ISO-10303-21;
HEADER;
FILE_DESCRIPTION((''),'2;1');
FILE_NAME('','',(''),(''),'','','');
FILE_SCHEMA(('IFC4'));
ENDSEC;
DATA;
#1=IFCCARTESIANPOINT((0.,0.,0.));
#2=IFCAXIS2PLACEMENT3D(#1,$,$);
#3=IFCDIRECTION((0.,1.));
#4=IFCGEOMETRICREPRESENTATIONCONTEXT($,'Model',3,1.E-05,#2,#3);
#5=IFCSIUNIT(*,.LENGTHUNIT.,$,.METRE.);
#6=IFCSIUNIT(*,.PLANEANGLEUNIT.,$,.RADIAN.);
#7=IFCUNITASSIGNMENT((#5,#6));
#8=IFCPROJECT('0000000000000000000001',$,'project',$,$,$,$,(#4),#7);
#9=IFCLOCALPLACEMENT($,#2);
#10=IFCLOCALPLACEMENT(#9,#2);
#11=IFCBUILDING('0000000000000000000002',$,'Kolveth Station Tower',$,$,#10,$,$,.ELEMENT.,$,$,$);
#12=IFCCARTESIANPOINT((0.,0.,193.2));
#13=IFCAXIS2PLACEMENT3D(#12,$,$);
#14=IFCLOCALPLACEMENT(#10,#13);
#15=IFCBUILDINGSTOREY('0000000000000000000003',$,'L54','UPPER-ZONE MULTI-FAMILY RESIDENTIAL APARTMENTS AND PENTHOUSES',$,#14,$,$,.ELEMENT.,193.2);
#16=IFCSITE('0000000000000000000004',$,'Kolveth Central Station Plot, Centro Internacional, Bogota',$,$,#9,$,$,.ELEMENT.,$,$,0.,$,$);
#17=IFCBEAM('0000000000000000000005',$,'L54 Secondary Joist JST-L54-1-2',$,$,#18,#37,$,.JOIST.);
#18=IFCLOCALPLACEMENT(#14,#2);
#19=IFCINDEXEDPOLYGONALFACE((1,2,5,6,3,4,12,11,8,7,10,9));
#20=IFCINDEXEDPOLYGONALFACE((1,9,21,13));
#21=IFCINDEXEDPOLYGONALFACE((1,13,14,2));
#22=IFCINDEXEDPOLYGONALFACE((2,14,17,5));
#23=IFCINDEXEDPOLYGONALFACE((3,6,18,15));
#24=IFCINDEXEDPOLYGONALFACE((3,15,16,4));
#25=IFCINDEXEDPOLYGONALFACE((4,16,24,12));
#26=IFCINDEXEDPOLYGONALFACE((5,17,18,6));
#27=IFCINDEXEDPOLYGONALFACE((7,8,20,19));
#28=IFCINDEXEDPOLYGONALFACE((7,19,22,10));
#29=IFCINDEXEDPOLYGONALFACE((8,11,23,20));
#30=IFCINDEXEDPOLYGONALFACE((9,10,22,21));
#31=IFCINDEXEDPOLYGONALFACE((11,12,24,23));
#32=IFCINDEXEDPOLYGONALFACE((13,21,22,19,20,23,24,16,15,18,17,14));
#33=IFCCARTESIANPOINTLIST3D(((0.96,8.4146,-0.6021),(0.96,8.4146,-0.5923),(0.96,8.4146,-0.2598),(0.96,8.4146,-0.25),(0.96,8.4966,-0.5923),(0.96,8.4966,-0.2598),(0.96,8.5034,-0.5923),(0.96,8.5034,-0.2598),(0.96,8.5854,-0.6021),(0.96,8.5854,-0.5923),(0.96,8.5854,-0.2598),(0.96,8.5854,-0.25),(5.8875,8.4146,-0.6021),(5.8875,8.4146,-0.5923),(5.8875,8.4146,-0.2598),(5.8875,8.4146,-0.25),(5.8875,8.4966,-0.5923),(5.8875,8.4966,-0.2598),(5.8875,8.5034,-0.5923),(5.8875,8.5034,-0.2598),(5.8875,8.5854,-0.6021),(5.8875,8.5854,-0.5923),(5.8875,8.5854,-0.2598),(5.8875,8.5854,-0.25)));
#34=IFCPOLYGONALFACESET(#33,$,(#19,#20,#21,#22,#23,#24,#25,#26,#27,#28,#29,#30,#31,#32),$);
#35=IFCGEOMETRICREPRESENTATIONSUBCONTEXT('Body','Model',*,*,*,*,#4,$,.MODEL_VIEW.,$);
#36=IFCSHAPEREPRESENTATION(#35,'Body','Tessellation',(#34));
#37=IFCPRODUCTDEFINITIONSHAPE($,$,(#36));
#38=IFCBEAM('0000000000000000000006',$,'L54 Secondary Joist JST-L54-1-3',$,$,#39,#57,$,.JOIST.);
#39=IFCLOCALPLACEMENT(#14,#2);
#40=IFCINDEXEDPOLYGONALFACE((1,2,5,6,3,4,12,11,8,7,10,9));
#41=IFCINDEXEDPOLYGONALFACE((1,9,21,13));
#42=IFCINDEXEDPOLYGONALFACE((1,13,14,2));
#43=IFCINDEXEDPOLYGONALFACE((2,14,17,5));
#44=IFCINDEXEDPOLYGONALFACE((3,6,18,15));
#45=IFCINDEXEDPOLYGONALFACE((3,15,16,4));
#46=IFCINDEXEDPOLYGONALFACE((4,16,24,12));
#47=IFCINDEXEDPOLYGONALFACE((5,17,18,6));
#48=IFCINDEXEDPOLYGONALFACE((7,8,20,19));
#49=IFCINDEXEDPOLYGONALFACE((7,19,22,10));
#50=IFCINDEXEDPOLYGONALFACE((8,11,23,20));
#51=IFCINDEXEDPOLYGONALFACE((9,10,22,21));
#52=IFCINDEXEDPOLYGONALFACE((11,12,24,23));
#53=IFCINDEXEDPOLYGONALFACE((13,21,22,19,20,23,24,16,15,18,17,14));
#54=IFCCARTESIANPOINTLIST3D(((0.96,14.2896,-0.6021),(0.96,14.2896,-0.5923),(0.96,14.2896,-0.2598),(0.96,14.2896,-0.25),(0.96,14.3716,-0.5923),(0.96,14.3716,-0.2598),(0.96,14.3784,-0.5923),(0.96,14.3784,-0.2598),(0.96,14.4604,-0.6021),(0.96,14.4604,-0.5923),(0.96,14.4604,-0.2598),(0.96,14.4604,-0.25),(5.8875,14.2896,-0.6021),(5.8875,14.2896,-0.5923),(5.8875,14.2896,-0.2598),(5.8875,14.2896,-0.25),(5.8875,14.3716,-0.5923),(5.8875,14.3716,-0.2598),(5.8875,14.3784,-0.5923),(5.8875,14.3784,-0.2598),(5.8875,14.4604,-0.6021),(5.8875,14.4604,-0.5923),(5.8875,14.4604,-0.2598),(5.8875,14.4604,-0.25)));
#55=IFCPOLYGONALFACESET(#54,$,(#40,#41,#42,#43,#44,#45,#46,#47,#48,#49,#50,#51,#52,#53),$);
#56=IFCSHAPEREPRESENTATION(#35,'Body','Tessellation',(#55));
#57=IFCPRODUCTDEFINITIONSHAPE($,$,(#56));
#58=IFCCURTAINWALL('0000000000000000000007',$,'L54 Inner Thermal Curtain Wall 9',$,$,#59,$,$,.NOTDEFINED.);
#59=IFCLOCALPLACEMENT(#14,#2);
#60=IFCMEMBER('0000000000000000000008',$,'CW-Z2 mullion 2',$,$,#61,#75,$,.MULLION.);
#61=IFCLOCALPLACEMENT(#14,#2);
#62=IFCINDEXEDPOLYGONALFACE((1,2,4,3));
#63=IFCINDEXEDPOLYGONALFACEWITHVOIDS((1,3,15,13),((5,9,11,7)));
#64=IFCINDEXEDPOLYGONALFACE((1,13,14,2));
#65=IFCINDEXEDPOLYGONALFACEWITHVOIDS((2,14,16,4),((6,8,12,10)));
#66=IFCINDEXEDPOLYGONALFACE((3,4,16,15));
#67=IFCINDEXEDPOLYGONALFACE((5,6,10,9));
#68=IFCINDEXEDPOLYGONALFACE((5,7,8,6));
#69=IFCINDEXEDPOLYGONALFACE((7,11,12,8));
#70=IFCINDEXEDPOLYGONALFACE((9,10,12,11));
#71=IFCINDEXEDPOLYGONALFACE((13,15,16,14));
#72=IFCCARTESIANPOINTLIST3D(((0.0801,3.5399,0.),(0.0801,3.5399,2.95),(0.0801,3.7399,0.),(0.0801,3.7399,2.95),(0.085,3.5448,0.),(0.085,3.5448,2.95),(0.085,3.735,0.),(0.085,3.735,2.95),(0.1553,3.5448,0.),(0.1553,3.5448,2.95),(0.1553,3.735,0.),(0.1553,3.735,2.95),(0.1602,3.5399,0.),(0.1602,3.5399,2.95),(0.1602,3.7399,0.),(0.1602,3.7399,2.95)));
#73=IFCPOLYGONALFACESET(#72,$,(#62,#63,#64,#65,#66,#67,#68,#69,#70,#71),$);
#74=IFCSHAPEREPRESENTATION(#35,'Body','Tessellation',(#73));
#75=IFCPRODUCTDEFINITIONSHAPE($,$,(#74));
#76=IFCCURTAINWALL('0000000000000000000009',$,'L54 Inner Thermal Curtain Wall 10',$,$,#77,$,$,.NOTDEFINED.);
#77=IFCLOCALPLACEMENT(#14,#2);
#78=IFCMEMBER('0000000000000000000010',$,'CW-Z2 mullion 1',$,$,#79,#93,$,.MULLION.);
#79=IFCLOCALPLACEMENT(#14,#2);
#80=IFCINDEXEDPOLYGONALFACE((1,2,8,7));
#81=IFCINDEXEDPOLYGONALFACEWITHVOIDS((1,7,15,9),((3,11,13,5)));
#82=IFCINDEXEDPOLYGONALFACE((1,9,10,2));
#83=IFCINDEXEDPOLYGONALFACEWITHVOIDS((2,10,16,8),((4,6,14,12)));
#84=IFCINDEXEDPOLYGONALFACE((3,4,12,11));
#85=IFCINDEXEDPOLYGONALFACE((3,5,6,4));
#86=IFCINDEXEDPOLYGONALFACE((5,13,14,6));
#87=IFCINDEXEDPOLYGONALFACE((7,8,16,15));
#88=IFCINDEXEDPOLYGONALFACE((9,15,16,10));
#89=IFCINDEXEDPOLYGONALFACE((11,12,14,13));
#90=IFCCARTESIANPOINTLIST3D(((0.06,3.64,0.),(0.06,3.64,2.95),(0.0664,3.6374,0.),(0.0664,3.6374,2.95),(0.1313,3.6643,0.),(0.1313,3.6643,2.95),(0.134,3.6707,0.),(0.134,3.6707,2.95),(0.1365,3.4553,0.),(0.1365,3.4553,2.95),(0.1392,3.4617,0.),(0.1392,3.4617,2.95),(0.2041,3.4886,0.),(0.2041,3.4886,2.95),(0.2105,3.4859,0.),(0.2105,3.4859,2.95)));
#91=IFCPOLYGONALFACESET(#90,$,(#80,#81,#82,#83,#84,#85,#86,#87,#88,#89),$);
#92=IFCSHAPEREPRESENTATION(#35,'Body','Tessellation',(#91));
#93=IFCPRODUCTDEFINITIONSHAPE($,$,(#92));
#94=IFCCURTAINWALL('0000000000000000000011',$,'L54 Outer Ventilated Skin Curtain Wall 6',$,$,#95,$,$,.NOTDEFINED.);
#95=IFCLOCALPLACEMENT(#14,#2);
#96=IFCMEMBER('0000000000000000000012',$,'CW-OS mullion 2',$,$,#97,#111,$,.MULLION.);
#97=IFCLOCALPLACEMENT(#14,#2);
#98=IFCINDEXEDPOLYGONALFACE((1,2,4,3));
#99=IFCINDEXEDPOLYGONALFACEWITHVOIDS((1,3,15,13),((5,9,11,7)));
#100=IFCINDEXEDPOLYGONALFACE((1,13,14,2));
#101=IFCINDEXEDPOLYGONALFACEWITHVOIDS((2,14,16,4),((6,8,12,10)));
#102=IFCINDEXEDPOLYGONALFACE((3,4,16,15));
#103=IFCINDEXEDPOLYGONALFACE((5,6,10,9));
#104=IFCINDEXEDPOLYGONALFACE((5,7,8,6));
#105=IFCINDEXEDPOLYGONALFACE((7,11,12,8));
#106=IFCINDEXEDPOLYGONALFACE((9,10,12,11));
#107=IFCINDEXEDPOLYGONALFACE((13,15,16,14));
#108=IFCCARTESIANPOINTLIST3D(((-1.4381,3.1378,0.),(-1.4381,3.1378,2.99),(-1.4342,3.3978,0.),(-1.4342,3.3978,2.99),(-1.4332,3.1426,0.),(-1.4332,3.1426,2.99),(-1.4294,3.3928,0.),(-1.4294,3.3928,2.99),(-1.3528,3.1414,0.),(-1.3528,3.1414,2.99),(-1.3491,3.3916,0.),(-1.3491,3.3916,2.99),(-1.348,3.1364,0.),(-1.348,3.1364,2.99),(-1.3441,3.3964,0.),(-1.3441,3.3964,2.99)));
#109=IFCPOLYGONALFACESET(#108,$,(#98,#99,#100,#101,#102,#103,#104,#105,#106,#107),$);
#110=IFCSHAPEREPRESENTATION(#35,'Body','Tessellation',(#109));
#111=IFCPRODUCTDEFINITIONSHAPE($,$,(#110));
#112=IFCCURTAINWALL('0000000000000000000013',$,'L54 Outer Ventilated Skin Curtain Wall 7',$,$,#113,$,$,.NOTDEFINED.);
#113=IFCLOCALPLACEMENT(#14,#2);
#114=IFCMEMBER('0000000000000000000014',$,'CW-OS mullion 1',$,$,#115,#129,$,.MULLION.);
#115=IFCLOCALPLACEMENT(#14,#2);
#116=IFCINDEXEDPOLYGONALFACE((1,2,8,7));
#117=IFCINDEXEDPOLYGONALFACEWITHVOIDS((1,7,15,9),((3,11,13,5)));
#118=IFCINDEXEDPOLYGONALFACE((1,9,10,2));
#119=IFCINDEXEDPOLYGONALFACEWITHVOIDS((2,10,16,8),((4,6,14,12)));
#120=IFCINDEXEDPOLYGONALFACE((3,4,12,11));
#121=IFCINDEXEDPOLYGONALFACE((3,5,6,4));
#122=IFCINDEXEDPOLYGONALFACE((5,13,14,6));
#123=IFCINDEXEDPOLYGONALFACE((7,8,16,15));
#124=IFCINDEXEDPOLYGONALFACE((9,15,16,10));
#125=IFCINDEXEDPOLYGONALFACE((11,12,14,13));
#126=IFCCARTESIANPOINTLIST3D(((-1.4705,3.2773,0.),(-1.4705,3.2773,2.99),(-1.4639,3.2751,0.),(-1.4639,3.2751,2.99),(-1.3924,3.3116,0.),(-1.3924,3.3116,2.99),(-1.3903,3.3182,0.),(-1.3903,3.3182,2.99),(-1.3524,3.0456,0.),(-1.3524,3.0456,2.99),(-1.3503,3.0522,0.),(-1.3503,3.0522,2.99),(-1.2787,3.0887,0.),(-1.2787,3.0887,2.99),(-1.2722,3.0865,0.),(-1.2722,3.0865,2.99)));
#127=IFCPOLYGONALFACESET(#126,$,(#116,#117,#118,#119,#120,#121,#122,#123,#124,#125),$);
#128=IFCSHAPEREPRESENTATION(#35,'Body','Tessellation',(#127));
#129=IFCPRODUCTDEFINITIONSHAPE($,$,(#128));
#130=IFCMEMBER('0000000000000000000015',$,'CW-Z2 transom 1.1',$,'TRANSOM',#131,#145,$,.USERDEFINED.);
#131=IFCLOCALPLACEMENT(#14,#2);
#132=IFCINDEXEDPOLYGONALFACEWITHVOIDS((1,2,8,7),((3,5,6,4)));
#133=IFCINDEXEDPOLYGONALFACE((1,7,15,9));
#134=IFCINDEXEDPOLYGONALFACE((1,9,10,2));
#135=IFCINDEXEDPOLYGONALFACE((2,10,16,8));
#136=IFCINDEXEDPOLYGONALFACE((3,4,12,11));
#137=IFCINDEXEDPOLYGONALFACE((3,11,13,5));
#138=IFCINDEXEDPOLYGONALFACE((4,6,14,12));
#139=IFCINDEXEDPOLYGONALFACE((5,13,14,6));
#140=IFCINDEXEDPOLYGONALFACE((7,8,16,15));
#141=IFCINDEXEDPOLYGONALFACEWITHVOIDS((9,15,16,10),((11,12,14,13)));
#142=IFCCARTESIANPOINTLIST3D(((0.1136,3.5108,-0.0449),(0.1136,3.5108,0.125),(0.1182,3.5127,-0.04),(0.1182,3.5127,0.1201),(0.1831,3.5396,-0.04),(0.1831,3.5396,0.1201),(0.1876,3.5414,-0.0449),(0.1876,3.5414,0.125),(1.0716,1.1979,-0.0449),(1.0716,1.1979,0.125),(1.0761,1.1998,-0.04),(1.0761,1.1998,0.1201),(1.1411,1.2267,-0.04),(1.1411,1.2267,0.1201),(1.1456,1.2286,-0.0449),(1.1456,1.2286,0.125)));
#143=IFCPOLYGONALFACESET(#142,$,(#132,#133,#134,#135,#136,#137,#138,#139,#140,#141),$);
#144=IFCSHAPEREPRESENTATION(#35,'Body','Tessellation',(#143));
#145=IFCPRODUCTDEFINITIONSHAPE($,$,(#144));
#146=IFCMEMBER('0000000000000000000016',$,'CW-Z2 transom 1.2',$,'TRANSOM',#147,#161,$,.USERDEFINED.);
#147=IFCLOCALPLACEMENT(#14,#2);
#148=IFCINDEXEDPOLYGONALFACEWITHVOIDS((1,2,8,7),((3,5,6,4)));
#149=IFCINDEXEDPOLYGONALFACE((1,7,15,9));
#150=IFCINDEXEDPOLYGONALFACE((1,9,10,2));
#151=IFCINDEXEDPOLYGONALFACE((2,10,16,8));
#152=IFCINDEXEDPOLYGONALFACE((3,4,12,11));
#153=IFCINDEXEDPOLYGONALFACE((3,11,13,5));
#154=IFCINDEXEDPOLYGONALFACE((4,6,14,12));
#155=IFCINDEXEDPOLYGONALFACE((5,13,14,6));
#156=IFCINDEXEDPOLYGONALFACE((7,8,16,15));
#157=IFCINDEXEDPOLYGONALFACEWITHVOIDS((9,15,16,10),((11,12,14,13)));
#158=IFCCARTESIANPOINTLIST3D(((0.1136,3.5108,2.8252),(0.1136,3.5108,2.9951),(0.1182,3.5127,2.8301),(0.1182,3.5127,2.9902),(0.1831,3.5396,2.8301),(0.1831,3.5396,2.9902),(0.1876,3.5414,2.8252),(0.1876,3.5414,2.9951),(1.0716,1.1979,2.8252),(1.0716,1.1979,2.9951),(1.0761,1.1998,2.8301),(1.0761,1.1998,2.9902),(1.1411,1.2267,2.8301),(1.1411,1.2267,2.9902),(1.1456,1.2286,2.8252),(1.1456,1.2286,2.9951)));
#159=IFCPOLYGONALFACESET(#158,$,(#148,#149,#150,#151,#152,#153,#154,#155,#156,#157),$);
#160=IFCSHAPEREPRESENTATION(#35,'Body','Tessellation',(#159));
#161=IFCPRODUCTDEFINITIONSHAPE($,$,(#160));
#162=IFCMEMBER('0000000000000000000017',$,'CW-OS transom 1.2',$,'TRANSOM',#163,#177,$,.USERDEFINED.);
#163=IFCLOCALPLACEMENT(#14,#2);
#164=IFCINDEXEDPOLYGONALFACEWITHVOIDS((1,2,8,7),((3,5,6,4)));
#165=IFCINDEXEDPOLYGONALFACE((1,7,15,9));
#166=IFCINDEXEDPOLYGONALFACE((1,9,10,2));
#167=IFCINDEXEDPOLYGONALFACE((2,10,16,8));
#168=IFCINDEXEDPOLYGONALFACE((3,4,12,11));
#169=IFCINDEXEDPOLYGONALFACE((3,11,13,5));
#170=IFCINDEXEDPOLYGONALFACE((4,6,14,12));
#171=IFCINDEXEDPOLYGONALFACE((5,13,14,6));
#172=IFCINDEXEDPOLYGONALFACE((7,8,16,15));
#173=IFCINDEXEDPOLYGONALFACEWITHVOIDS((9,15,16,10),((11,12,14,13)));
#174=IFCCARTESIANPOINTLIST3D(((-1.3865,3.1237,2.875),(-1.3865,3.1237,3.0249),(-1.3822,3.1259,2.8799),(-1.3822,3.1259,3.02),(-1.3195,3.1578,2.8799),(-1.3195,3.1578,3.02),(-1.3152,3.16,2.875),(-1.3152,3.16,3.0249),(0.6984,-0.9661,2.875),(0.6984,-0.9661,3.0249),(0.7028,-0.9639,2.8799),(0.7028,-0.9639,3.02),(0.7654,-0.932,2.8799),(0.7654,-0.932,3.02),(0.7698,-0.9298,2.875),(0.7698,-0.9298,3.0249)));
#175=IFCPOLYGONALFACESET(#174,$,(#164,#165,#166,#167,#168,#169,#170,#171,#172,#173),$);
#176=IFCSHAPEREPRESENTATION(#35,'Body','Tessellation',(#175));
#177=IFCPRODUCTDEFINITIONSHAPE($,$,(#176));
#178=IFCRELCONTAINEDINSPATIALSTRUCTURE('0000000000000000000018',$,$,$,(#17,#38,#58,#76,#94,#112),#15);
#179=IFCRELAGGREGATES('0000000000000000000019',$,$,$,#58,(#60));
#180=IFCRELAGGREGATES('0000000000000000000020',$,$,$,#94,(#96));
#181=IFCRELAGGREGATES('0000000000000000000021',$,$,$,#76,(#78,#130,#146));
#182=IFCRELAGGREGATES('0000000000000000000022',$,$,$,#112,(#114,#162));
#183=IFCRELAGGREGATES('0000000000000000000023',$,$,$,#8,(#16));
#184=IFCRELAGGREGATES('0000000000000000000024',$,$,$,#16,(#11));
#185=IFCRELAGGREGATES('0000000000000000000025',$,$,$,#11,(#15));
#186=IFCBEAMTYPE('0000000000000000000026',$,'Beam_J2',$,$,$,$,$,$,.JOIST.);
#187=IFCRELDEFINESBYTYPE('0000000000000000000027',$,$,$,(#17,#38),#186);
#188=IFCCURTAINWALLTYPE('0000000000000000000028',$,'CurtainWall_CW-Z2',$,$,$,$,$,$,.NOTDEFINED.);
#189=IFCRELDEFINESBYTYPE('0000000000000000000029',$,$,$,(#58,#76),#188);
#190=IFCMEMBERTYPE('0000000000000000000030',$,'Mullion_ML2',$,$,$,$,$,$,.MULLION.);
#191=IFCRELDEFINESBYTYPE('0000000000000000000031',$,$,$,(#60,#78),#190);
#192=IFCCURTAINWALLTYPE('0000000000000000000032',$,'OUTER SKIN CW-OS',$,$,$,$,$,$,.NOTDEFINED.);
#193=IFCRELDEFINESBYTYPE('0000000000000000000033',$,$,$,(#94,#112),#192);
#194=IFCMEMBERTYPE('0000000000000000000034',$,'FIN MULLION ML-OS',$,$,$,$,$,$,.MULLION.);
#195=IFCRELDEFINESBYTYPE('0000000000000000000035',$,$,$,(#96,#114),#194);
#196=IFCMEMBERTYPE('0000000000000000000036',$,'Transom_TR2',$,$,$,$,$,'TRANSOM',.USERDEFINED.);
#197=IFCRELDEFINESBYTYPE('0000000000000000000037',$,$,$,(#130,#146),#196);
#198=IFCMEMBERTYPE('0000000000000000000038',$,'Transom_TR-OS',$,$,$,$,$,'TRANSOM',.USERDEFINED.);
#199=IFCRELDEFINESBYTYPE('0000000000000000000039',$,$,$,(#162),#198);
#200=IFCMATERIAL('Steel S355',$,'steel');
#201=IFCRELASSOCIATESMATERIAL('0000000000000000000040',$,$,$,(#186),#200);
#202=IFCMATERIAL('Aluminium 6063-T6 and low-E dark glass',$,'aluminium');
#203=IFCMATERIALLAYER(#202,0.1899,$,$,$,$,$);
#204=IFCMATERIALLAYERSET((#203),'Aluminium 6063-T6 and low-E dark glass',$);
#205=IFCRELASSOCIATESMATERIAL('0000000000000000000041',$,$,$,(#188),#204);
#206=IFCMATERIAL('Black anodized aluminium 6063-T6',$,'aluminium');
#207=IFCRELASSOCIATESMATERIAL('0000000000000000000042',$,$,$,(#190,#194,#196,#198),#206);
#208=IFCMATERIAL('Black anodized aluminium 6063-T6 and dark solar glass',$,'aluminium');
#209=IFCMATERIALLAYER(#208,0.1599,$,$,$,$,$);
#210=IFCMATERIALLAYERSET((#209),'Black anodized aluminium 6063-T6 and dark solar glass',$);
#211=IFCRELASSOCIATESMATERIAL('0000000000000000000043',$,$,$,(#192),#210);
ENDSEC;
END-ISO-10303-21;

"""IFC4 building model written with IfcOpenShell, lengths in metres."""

from ifc_helpers import new_model, si_unit, direction, frame, origin, origin_2d, place, context, subcontext, project, spatial, hollow_rectangle, i_section, extrude, source, transform, mapped, material, layer, layer_set, material_profile, profile_set, type_object, element, aggregate, save


model = new_model("IFC4")

# Units and contexts
model_context = context("Model", 3, precision=1e-05, world=origin(), true_north=direction((0.0, 1.0)))
body_context = subcontext(model_context, "Body", "Model", "MODEL_VIEW")
ifc_project = project(units=[si_unit("LENGTHUNIT", "METRE"), si_unit("PLANEANGLEUNIT", "RADIAN")], contexts=[model_context])

# Site, building, storey
site_placement = place(None, origin())
site = spatial("IfcSite", under=ifc_project, at=site_placement, Name="Kolveth Central Station Plot, Centro Internacional, Bogota", CompositionType="ELEMENT", RefElevation=0.0)
building_placement = place(site_placement, origin())
building = spatial("IfcBuilding", under=site, at=building_placement, Name="Kolveth Station Tower", CompositionType="ELEMENT")
storey_placement = place(building_placement, frame((0.0, 0.0, 193.2)))
storey = spatial("IfcBuildingStorey", under=building, at=storey_placement, Name="L54", Description="UPPER-ZONE MULTI-FAMILY RESIDENTIAL APARTMENTS AND PENTHOUSES", CompositionType="ELEMENT", Elevation=193.2)

# Shared definitions
ifc_material_1 = material(Name="Steel S355", Category="steel")

# Beams
ifc_material_profile_1 = material_profile(ifc_material_1, i_section(OverallWidth=0.1709, OverallDepth=0.3521, WebThickness=0.0068, FlangeThickness=0.0098, at=origin_2d()), Name="W360x44")
ifc_profile_set_1 = profile_set([ifc_material_profile_1], Name="Steel S355")
beam_type_1 = type_object("IfcBeamType", Name="Beam_J2", PredefinedType="JOIST", material=ifc_profile_set_1)
shared_shape_1 = source(origin(), body_context, "Body", "SweptSolid", [
    extrude(i_section(OverallWidth=0.1709, OverallDepth=0.3521, WebThickness=0.0068, FlangeThickness=0.0098, at=origin_2d()), origin(), (0.0, 0.0, 1.0), 4.9275),
])
for number, where, z_axis, x_axis, name in (
    (1, (0.96, 8.5, -0.426), (1.0, 0.0, 0.0), (0.0, 1.0, 0.0), "L54 Secondary Joist JST-L54-1-2"),
    (2, (0.96, 14.375, -0.426), (1.0, 0.0, 0.0), (0.0, 1.0, 0.0), "L54 Secondary Joist JST-L54-1-3"),
):
    element("IfcBeam", number, at=place(storey_placement, frame(where, z_axis=z_axis, x_axis=x_axis)), inside=storey, type_object=beam_type_1, Name=name, PredefinedType="JOIST", context=body_context, shape_type="MappedRepresentation", body=[
        mapped(shared_shape_1, transform((0.0, 0.0, 0.0), x_axis=(1.0, 0.0, 0.0), y_axis=(0.0, 1.0, 0.0), z_axis=(0.0, 0.0, 1.0), scale=1.0)),
    ])

# Curtain walls, members
ifc_material_2 = material(Name="Aluminium 6063-T6 and low-E dark glass", Category="aluminium")
ifc_layer_1 = layer(ifc_material_2, 0.1899)
ifc_layer_set_1 = layer_set([ifc_layer_1], Name="Aluminium 6063-T6 and low-E dark glass")
curtain_wall_type_1 = type_object("IfcCurtainWallType", Name="CurtainWall_CW-Z2", PredefinedType="NOTDEFINED", material=ifc_layer_set_1)
curtain_wall_1_placement = place(storey_placement, origin())
curtain_wall_1 = element("IfcCurtainWall", 3, at=curtain_wall_1_placement, inside=storey, type_object=curtain_wall_type_1, Name="L54 Inner Thermal Curtain Wall 9", PredefinedType="NOTDEFINED")
ifc_material_3 = material(Name="Black anodized aluminium 6063-T6", Category="aluminium")
ifc_material_profile_2 = material_profile(ifc_material_3, hollow_rectangle(XDim=0.0801, YDim=0.2, WallThickness=0.0049, at=origin_2d()), Name="ALU-80x200x5")
ifc_profile_set_2 = profile_set([ifc_material_profile_2], Name="Black anodized aluminium 6063-T6")
member_type_1 = type_object("IfcMemberType", Name="Mullion_ML2", PredefinedType="MULLION", material=ifc_profile_set_2)
shared_shape_2 = source(origin(), body_context, "Body", "SweptSolid", [
    extrude(hollow_rectangle(XDim=0.0801, YDim=0.2, WallThickness=0.0049, at=origin_2d()), origin(), (0.0, 0.0, 1.0), 2.95),
])
member_1_placement = place(storey_placement, frame((0.1201, 3.6399, 0.0), z_axis=(0.0, 0.0, 1.0), x_axis=(1.0, 0.0, 0.0)))
member_1 = element("IfcMember", 4, at=member_1_placement, type_object=member_type_1, Name="CW-Z2 mullion 2", PredefinedType="MULLION", context=body_context, shape_type="MappedRepresentation", body=[
    mapped(shared_shape_2, transform((0.0, 0.0, 0.0), x_axis=(1.0, 0.0, 0.0), y_axis=(0.0, 1.0, 0.0), z_axis=(0.0, 0.0, 1.0), scale=1.0)),
])
aggregate(curtain_wall_1, [member_1])
curtain_wall_2_placement = place(storey_placement, origin())
curtain_wall_2 = element("IfcCurtainWall", 5, at=curtain_wall_2_placement, inside=storey, type_object=curtain_wall_type_1, Name="L54 Inner Thermal Curtain Wall 10", PredefinedType="NOTDEFINED")
member_2_placement = place(storey_placement, frame((0.1353, 3.563, 0.0), z_axis=(0.0, 0.0, 1.0), x_axis=(0.923874, 0.382698, 0.0)))
member_2 = element("IfcMember", 6, at=member_2_placement, type_object=member_type_1, Name="CW-Z2 mullion 1", PredefinedType="MULLION", context=body_context, shape_type="MappedRepresentation", body=[
    mapped(shared_shape_2, transform((0.0, 0.0, 0.0), x_axis=(1.0, 0.0, 0.0), y_axis=(0.0, 1.0, 0.0), z_axis=(0.0, 0.0, 1.0), scale=1.0)),
])
ifc_material_4 = material(Name="Black anodized aluminium 6063-T6 and dark solar glass", Category="aluminium")
ifc_layer_2 = layer(ifc_material_4, 0.1599)
ifc_layer_set_2 = layer_set([ifc_layer_2], Name="Black anodized aluminium 6063-T6 and dark solar glass")
curtain_wall_type_2 = type_object("IfcCurtainWallType", Name="OUTER SKIN CW-OS", PredefinedType="NOTDEFINED", material=ifc_layer_set_2)
curtain_wall_3_placement = place(storey_placement, origin())
curtain_wall_3 = element("IfcCurtainWall", 7, at=curtain_wall_3_placement, inside=storey, type_object=curtain_wall_type_2, Name="L54 Outer Ventilated Skin Curtain Wall 6", PredefinedType="NOTDEFINED")
ifc_material_profile_3 = material_profile(ifc_material_3, hollow_rectangle(XDim=0.0901, YDim=0.26, WallThickness=0.0049, at=origin_2d()), Name="ALU-90x260x5")
ifc_profile_set_3 = profile_set([ifc_material_profile_3], Name="Black anodized aluminium 6063-T6")
member_type_2 = type_object("IfcMemberType", Name="FIN MULLION ML-OS", PredefinedType="MULLION", material=ifc_profile_set_3)
shared_shape_3 = source(origin(), body_context, "Body", "SweptSolid", [
    extrude(hollow_rectangle(XDim=0.0901, YDim=0.26, WallThickness=0.0049, at=origin_2d()), origin(), (0.0, 0.0, 1.0), 2.99),
])
member_3_placement = place(storey_placement, frame((-1.3911, 3.2671, 0.0), z_axis=(0.0, 0.0, 1.0), x_axis=(0.999887, -0.015058, 0.0)))
member_3 = element("IfcMember", 8, at=member_3_placement, type_object=member_type_2, Name="CW-OS mullion 2", PredefinedType="MULLION", context=body_context, shape_type="MappedRepresentation", body=[
    mapped(shared_shape_3, transform((0.0, 0.0, 0.0), x_axis=(1.0, 0.0, 0.0), y_axis=(0.0, 1.0, 0.0), z_axis=(0.0, 0.0, 1.0), scale=1.0)),
])
aggregate(curtain_wall_3, [member_3])
curtain_wall_4_placement = place(storey_placement, origin())
curtain_wall_4 = element("IfcCurtainWall", 9, at=curtain_wall_4_placement, inside=storey, type_object=curtain_wall_type_2, Name="L54 Outer Ventilated Skin Curtain Wall 7", PredefinedType="NOTDEFINED")
member_4_placement = place(storey_placement, frame((-1.3713, 3.1819, 0.0), z_axis=(0.0, 0.0, 1.0), x_axis=(0.89092, 0.454159, 0.0)))
member_4 = element("IfcMember", 10, at=member_4_placement, type_object=member_type_2, Name="CW-OS mullion 1", PredefinedType="MULLION", context=body_context, shape_type="MappedRepresentation", body=[
    mapped(shared_shape_3, transform((0.0, 0.0, 0.0), x_axis=(1.0, 0.0, 0.0), y_axis=(0.0, 1.0, 0.0), z_axis=(0.0, 0.0, 1.0), scale=1.0)),
])

# Members
ifc_material_profile_4 = material_profile(ifc_material_3, hollow_rectangle(XDim=0.0801, YDim=0.1699, WallThickness=0.0049, at=origin_2d()), Name="ALU-80x170x5")
ifc_profile_set_4 = profile_set([ifc_material_profile_4], Name="Black anodized aluminium 6063-T6")
member_type_3 = type_object("IfcMemberType", Name="Transom_TR2", ElementType="TRANSOM", PredefinedType="USERDEFINED", material=ifc_profile_set_4)
shared_shape_4 = source(origin(), body_context, "Body", "SweptSolid", [
    extrude(hollow_rectangle(XDim=0.0801, YDim=0.1699, WallThickness=0.0049, at=origin_2d()), origin(), (0.0, 0.0, 1.0), 2.5034),
])
member_5_placement = place(storey_placement, frame((0.1506, 3.5261, 0.04), z_axis=(0.382662, -0.923888, 0.0), x_axis=(0.923888, 0.382662, 0.0)))
member_5 = element("IfcMember", 11, at=member_5_placement, type_object=member_type_3, Name="CW-Z2 transom 1.1", ObjectType="TRANSOM", PredefinedType="USERDEFINED", context=body_context, shape_type="MappedRepresentation", body=[
    mapped(shared_shape_4, transform((0.0, 0.0, 0.0), x_axis=(1.0, 0.0, 0.0), y_axis=(0.0, 1.0, 0.0), z_axis=(0.0, 0.0, 1.0), scale=1.0)),
])
member_6_placement = place(storey_placement, frame((0.1506, 3.5261, 2.9102), z_axis=(0.382662, -0.923888, 0.0), x_axis=(0.923888, 0.382662, 0.0)))
member_6 = element("IfcMember", 12, at=member_6_placement, type_object=member_type_3, Name="CW-Z2 transom 1.2", ObjectType="TRANSOM", PredefinedType="USERDEFINED", context=body_context, shape_type="MappedRepresentation", body=[
    mapped(shared_shape_4, transform((0.0, 0.0, 0.0), x_axis=(1.0, 0.0, 0.0), y_axis=(0.0, 1.0, 0.0), z_axis=(0.0, 0.0, 1.0), scale=1.0)),
])
aggregate(curtain_wall_2, [member_2, member_5, member_6])
ifc_material_profile_5 = material_profile(ifc_material_3, hollow_rectangle(XDim=0.0801, YDim=0.1499, WallThickness=0.0049, at=origin_2d()), Name="ALU-80x150x5")
ifc_profile_set_5 = profile_set([ifc_material_profile_5], Name="Black anodized aluminium 6063-T6")
member_type_4 = type_object("IfcMemberType", Name="Transom_TR-OS", ElementType="TRANSOM", PredefinedType="USERDEFINED", material=ifc_profile_set_5)
shared_shape_5 = source(origin(), body_context, "Body", "SweptSolid", [
    extrude(hollow_rectangle(XDim=0.0801, YDim=0.1499, WallThickness=0.0049, at=origin_2d()), origin(), (0.0, 0.0, 1.0), 4.5906),
])
member_7_placement = place(storey_placement, frame((-1.3508, 3.1418, 2.95), z_axis=(0.454178, -0.890911, 0.0), x_axis=(0.890911, 0.454178, 0.0)))
member_7 = element("IfcMember", 13, at=member_7_placement, type_object=member_type_4, Name="CW-OS transom 1.2", ObjectType="TRANSOM", PredefinedType="USERDEFINED", context=body_context, shape_type="MappedRepresentation", body=[
    mapped(shared_shape_5, transform((0.0, 0.0, 0.0), x_axis=(1.0, 0.0, 0.0), y_axis=(0.0, 1.0, 0.0), z_axis=(0.0, 0.0, 1.0), scale=1.0)),
])
aggregate(curtain_wall_4, [member_4, member_7])

save(model, "model.ifc")
